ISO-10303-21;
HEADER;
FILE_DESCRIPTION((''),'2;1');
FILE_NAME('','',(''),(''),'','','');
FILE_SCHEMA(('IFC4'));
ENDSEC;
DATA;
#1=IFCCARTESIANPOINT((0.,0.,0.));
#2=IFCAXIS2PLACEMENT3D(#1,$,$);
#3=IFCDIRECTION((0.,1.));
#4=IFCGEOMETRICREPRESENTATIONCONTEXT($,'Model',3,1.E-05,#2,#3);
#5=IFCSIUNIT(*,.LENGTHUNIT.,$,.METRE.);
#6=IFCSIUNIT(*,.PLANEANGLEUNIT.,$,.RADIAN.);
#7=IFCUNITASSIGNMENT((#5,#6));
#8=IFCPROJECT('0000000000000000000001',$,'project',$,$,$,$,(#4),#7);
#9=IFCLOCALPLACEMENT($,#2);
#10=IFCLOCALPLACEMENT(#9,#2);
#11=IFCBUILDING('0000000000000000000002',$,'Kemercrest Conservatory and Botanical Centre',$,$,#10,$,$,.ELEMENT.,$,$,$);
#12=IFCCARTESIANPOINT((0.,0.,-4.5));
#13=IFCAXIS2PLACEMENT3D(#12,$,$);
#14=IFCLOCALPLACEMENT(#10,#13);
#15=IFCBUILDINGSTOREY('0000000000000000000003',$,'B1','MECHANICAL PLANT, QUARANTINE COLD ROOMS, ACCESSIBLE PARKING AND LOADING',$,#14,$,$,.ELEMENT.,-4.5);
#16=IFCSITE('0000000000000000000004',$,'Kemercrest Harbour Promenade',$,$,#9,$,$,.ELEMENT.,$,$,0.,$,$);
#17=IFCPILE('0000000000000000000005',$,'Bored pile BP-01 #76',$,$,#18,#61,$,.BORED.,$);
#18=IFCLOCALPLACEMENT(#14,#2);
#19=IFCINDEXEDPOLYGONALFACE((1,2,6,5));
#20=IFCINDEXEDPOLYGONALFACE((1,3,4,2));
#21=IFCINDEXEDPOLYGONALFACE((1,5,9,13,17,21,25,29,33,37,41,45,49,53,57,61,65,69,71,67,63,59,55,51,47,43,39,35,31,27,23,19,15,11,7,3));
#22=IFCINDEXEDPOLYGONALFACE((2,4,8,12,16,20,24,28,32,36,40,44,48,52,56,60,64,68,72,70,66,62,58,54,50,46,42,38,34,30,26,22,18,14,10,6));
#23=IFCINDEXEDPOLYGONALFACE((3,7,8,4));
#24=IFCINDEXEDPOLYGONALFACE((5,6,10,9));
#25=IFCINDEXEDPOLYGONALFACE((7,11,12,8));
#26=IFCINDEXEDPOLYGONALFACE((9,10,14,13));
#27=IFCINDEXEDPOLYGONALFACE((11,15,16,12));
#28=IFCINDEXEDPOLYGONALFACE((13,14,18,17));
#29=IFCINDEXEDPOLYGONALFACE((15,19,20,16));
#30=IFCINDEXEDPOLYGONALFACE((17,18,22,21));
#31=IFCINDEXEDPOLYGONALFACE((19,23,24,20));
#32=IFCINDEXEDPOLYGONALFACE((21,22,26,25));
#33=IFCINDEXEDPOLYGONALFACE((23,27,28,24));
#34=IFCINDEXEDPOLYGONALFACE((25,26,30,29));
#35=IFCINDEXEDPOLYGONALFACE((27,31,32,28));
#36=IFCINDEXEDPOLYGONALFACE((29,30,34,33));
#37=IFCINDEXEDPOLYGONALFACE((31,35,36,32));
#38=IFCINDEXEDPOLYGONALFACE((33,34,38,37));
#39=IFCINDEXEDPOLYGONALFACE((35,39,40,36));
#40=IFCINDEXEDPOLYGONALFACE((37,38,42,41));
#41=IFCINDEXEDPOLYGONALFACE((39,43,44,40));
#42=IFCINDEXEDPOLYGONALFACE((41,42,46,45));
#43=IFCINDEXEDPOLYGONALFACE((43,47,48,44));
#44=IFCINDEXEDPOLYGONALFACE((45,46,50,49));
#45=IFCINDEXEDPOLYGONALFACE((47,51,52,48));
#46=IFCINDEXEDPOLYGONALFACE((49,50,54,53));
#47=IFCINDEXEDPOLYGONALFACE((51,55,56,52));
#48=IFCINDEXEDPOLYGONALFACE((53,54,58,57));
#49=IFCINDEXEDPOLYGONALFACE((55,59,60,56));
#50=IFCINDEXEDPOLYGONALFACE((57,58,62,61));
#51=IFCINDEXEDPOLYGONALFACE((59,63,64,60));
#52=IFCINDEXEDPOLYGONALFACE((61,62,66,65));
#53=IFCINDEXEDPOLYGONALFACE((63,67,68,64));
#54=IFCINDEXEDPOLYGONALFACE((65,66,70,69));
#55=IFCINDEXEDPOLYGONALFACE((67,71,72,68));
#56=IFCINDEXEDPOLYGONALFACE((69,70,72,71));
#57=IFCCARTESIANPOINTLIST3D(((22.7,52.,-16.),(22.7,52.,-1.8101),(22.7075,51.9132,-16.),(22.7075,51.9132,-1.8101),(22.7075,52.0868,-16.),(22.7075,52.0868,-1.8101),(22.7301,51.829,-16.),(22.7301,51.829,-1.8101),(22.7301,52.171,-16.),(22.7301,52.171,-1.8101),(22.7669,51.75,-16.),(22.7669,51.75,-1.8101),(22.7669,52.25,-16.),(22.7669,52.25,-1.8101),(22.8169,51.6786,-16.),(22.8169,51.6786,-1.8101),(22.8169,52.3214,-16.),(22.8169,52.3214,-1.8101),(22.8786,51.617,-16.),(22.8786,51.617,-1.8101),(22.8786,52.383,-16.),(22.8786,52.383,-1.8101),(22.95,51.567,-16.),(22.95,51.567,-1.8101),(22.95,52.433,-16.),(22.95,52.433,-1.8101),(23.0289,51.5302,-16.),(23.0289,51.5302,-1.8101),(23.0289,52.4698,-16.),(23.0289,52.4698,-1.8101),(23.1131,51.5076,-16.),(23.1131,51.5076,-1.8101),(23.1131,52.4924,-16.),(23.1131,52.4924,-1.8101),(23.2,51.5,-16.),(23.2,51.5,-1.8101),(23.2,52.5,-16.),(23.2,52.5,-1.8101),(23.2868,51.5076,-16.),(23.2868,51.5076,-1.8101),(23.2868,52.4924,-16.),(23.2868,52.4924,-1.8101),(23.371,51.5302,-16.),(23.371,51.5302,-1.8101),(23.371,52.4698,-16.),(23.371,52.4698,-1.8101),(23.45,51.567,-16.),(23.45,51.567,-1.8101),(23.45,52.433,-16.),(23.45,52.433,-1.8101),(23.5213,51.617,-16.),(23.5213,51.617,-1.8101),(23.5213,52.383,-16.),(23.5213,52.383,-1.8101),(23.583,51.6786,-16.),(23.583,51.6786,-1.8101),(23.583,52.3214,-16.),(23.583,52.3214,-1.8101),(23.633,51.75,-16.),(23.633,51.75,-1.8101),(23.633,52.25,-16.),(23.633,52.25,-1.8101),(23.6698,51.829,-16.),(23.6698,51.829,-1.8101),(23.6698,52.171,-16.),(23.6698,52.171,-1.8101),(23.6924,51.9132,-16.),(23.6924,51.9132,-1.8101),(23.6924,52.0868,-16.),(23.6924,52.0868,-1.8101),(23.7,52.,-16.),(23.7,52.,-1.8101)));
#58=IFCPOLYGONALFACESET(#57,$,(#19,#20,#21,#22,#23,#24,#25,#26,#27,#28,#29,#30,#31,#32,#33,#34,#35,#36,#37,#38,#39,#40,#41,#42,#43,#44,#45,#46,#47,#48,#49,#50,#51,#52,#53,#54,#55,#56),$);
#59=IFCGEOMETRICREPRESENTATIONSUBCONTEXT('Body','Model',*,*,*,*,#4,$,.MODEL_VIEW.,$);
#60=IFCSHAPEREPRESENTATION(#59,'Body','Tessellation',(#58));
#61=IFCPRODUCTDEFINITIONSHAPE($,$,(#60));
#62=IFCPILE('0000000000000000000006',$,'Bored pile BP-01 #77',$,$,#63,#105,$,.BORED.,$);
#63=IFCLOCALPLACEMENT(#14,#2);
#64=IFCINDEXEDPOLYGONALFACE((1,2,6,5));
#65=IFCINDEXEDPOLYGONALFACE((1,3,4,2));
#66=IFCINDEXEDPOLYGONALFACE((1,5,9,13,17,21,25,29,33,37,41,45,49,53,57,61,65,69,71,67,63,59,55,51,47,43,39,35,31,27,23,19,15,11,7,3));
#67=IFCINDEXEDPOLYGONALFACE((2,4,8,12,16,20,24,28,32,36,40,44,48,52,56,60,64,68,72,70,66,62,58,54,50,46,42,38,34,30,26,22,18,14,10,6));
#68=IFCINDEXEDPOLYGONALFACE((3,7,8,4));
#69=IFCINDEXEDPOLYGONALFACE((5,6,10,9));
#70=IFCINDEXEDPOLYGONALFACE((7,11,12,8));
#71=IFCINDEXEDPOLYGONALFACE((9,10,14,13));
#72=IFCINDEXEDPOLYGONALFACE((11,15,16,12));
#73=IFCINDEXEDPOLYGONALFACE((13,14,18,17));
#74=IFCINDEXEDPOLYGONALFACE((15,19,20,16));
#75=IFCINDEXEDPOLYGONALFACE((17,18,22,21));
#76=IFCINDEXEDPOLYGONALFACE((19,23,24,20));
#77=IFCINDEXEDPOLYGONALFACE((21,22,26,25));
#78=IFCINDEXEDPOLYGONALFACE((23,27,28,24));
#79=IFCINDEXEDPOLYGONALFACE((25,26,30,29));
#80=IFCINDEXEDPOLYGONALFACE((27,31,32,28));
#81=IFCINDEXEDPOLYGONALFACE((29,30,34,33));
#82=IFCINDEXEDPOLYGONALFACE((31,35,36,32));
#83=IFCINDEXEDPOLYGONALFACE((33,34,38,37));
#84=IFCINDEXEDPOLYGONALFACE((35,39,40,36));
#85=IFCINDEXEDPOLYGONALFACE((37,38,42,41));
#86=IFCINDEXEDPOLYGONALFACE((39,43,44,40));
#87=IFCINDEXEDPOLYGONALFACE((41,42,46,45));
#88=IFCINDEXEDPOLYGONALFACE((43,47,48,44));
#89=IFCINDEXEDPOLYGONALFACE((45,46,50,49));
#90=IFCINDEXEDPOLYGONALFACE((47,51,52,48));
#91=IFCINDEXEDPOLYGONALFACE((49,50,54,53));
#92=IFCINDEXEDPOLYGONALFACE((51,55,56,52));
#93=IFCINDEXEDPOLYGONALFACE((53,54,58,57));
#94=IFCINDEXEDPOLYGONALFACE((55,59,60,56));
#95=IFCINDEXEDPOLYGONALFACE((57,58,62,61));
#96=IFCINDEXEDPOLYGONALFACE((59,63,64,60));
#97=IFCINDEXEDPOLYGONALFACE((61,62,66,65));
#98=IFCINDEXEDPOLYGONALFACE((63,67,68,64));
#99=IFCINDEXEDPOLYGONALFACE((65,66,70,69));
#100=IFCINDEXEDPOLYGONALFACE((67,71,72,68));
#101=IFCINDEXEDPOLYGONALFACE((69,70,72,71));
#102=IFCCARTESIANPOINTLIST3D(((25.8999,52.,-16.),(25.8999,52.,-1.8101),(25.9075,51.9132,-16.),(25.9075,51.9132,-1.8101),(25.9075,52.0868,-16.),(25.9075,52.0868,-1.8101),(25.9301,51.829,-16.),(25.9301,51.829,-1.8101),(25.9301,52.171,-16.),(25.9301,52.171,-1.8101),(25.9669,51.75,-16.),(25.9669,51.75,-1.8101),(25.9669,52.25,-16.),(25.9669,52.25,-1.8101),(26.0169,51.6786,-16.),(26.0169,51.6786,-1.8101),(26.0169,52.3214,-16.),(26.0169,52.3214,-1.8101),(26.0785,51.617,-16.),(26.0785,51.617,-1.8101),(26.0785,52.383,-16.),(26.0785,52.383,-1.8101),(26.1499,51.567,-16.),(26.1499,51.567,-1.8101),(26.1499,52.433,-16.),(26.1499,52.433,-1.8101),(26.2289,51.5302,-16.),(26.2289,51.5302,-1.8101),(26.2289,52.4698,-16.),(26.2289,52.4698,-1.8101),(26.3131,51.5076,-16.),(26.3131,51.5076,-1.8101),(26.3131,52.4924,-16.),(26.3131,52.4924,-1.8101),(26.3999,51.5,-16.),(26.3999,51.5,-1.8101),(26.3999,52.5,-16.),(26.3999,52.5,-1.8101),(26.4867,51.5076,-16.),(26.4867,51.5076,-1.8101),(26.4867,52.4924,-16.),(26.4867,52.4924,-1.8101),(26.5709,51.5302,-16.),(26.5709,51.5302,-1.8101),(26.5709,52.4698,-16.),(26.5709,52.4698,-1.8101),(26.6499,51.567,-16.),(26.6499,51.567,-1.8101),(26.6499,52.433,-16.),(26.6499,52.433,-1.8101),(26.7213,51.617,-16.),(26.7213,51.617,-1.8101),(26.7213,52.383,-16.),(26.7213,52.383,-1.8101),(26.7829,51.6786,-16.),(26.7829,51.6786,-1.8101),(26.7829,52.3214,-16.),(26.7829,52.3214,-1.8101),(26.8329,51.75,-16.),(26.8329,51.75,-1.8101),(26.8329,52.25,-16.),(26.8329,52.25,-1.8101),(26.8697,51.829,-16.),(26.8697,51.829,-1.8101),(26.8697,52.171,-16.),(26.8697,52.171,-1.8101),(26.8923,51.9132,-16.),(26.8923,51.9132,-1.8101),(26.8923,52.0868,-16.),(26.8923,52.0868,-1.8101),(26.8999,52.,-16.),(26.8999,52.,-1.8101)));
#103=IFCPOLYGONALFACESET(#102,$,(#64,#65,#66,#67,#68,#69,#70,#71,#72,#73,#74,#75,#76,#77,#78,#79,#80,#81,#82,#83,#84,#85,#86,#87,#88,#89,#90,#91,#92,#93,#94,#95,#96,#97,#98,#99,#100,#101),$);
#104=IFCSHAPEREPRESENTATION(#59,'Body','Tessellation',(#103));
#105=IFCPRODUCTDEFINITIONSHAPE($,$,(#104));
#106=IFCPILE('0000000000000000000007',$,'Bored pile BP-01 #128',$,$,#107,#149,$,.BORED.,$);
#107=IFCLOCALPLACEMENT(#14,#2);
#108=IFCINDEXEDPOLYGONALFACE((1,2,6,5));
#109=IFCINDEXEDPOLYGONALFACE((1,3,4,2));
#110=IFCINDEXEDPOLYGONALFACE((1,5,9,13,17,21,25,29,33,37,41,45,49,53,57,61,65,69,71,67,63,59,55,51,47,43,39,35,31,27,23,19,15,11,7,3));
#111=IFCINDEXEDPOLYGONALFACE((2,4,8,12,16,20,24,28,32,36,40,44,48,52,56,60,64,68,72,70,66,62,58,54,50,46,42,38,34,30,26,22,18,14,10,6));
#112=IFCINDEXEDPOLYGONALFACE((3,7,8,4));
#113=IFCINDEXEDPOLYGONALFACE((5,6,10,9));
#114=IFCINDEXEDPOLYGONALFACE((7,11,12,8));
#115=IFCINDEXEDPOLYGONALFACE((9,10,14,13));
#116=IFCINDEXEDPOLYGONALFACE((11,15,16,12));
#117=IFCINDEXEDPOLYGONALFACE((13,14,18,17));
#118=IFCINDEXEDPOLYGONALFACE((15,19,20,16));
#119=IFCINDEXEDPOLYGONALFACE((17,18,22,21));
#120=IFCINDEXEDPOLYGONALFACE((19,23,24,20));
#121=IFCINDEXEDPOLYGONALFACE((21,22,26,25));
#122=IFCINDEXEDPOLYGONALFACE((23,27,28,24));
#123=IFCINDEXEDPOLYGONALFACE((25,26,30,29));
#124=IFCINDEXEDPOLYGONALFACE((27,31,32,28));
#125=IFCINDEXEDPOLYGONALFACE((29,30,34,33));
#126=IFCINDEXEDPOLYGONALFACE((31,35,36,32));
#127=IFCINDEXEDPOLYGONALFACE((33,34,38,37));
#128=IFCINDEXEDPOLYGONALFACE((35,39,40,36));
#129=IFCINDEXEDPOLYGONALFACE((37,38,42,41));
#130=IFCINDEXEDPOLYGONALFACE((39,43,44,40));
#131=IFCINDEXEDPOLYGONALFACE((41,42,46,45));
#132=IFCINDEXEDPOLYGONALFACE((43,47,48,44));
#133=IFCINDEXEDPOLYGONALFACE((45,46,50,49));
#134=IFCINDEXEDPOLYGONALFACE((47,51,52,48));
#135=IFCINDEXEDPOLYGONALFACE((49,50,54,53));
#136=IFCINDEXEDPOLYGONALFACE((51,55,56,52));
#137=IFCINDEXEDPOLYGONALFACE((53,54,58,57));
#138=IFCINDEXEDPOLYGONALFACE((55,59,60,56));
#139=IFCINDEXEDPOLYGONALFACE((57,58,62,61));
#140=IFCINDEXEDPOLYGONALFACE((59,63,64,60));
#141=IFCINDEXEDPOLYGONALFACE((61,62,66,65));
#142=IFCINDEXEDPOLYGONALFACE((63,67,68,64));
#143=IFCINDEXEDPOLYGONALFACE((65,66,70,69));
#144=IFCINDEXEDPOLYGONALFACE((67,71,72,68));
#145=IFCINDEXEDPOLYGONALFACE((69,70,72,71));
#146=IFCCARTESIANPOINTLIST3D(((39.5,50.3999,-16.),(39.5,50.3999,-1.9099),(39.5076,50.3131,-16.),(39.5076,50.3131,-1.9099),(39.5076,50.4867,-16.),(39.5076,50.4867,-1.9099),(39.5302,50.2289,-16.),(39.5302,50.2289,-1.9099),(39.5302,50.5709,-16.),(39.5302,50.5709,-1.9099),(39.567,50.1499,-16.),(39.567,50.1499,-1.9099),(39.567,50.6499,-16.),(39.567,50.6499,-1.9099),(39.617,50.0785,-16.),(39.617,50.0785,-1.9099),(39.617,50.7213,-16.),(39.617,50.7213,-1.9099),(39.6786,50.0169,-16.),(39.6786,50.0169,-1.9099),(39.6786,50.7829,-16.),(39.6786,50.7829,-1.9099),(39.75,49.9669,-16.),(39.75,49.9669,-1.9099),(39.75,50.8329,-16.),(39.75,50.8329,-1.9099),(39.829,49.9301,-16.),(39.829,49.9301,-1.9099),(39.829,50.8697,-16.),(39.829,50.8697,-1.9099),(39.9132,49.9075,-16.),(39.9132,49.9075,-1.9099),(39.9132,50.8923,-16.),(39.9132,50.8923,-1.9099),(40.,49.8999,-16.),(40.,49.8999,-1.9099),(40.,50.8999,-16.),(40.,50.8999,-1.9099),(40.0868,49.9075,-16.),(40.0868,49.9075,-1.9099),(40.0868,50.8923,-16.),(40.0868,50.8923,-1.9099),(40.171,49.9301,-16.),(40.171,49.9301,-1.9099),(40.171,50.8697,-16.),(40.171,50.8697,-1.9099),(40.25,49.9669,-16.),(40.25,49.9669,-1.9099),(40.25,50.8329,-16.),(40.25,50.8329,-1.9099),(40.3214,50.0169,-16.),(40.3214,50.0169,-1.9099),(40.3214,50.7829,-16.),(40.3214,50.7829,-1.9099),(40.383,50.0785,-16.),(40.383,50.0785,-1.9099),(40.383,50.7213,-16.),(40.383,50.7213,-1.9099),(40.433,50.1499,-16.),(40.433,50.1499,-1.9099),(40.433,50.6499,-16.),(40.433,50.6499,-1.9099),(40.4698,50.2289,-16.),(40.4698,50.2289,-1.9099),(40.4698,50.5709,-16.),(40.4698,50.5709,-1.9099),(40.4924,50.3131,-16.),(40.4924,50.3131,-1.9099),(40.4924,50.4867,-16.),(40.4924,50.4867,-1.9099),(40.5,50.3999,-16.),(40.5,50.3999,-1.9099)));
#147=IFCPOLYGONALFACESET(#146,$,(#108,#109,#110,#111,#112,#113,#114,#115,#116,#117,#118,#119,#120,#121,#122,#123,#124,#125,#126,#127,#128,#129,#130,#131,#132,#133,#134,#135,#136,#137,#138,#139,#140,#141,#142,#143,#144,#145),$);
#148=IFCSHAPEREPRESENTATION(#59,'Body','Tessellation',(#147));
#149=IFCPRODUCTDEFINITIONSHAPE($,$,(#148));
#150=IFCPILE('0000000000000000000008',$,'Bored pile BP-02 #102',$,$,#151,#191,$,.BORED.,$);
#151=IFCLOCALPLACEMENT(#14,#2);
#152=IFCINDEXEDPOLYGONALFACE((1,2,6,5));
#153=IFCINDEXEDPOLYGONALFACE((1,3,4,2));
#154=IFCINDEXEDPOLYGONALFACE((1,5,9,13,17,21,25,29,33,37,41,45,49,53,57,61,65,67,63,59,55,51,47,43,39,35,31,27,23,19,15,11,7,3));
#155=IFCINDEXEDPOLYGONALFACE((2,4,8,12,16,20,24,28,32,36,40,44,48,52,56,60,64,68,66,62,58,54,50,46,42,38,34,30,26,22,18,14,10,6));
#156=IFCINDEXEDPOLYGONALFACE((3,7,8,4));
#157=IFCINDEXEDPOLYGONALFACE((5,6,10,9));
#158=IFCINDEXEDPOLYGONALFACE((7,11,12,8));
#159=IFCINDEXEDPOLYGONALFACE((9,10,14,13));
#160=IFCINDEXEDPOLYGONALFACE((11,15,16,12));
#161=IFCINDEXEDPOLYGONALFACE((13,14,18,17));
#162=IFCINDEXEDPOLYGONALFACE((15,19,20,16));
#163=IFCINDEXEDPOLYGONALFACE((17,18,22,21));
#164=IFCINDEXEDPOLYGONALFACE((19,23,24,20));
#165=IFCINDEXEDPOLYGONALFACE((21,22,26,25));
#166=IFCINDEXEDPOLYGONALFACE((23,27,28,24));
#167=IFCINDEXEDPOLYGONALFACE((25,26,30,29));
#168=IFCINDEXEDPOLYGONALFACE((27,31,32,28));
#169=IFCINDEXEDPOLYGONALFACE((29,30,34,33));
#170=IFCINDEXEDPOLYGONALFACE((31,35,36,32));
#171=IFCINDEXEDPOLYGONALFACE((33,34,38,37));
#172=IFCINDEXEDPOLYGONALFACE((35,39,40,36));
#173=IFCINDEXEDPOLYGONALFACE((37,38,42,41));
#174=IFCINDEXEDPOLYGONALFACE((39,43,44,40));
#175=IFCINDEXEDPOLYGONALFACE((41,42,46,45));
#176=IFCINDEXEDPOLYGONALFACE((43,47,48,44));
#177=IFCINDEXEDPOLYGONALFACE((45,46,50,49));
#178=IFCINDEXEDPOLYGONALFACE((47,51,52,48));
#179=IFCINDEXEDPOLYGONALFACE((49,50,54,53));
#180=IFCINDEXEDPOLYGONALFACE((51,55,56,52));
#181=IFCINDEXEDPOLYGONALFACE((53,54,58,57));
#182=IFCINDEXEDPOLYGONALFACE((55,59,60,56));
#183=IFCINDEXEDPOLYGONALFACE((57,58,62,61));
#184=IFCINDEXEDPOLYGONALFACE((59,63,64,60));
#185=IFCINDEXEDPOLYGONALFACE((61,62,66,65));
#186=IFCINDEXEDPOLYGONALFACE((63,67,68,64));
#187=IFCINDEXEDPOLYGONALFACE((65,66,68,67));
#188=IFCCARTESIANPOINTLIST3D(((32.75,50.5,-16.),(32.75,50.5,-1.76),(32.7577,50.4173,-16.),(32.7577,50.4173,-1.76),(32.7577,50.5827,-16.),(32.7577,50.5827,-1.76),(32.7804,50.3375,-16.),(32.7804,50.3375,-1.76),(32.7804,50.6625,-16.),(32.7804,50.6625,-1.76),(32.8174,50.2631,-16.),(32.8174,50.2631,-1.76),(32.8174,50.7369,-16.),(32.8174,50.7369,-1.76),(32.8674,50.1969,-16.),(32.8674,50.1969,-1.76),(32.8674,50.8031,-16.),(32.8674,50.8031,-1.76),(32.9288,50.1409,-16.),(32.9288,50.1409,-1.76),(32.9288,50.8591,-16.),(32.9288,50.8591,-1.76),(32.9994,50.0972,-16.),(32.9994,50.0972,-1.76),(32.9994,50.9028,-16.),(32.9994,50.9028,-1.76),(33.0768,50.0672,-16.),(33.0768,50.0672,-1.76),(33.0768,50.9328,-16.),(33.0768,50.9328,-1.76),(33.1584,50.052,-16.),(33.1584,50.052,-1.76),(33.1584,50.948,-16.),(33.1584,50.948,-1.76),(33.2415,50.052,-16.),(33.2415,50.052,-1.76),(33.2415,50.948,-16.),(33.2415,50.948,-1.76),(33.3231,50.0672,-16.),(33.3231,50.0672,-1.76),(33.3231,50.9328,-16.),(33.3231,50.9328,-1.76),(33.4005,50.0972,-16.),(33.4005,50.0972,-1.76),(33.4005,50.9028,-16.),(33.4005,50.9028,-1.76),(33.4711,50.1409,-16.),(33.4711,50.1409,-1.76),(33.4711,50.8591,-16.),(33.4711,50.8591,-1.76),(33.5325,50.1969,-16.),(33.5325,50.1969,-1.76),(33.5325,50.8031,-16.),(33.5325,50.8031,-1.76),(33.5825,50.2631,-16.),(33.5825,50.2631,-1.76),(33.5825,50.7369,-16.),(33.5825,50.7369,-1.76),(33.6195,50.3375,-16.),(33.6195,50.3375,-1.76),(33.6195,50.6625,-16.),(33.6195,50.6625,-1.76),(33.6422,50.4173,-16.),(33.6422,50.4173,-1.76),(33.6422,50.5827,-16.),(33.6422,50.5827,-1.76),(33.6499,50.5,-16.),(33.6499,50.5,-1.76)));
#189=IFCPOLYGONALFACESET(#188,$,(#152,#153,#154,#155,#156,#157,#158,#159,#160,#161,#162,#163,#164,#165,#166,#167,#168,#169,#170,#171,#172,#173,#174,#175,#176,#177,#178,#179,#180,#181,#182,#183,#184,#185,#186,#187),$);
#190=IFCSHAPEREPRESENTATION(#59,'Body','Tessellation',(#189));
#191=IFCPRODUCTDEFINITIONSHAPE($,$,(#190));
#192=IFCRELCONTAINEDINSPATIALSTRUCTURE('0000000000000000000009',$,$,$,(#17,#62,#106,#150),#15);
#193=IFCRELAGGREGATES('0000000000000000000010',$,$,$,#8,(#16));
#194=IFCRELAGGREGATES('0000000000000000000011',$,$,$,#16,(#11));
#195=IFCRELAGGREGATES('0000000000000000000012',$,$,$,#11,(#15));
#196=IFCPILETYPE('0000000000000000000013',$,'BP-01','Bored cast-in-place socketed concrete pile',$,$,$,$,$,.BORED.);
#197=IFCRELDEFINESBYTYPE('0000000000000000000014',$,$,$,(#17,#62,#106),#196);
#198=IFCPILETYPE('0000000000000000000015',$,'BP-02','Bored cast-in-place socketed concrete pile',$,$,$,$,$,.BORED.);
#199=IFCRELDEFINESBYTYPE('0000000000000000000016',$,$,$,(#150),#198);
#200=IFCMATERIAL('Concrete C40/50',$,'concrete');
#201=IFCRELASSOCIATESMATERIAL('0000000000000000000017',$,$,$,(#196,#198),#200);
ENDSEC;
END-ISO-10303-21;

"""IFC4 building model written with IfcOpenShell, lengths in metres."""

from ifc_helpers import new_model, si_unit, direction, frame, origin, origin_2d, place, context, subcontext, project, spatial, circle, extrude, material, material_profile, profile_set, type_object, element, save


model = new_model("IFC4")

# Units and contexts
model_context = context("Model", 3, precision=1e-05, world=origin(), true_north=direction((0.0, 1.0)))
body_context = subcontext(model_context, "Body", "Model", "MODEL_VIEW")
ifc_project = project(units=[si_unit("LENGTHUNIT", "METRE"), si_unit("PLANEANGLEUNIT", "RADIAN")], contexts=[model_context])

# Site, building, storey
site_placement = place(None, origin())
site = spatial("IfcSite", under=ifc_project, at=site_placement, Name="Kemercrest Harbour Promenade", CompositionType="ELEMENT", RefElevation=0.0)
building_placement = place(site_placement, origin())
building = spatial("IfcBuilding", under=site, at=building_placement, Name="Kemercrest Conservatory and Botanical Centre", CompositionType="ELEMENT")
storey_placement = place(building_placement, frame((0.0, 0.0, -4.5)))
storey = spatial("IfcBuildingStorey", under=building, at=storey_placement, Name="B1", Description="MECHANICAL PLANT, QUARANTINE COLD ROOMS, ACCESSIBLE PARKING AND LOADING", CompositionType="ELEMENT", Elevation=-4.5)

# Piles
ifc_material_1 = material(Name="Concrete C40/50", Category="concrete")
ifc_material_profile_1 = material_profile(ifc_material_1, circle(Radius=0.5, at=origin_2d()), Name="BORED PILE 1000")
ifc_profile_set_1 = profile_set([ifc_material_profile_1], Name="Concrete C40/50")
pile_type_1 = type_object("IfcPileType", Name="BP-01", Description="Bored cast-in-place socketed concrete pile", PredefinedType="BORED", material=ifc_profile_set_1)
for number, where, z_axis, x_axis, name in (
    (1, (23.2, 52.0, -1.8101), (0.0, 0.0, -1.0), (1.0, 0.0, 0.0), "Bored pile BP-01 #76"),
    (2, (26.3999, 52.0, -1.8101), (0.0, 0.0, -1.0), (1.0, 0.0, 0.0), "Bored pile BP-01 #77"),
):
    element("IfcPile", number, at=place(storey_placement, frame(where, z_axis=z_axis, x_axis=x_axis)), inside=storey, type_object=pile_type_1, Name=name, PredefinedType="BORED", context=body_context, shape_type="SweptSolid", body=[
        extrude(circle(Radius=0.5, at=origin_2d()), origin(), (0.0, 0.0, 1.0), 14.1899),
    ])
pile_placement = place(storey_placement, frame((40.0, 50.3999, -1.9099), z_axis=(0.0, 0.0, -1.0), x_axis=(1.0, 0.0, 0.0)))
element("IfcPile", 3, at=pile_placement, inside=storey, type_object=pile_type_1, Name="Bored pile BP-01 #128", PredefinedType="BORED", context=body_context, shape_type="SweptSolid", body=[
    extrude(circle(Radius=0.5, at=origin_2d()), origin(), (0.0, 0.0, 1.0), 14.0901),
])
ifc_material_profile_2 = material_profile(ifc_material_1, circle(Radius=0.45, at=origin_2d()), Name="BORED PILE 900")
ifc_profile_set_2 = profile_set([ifc_material_profile_2], Name="Concrete C40/50")
pile_type_2 = type_object("IfcPileType", Name="BP-02", Description="Bored cast-in-place socketed concrete pile", PredefinedType="BORED", material=ifc_profile_set_2)
for number, where, z_axis, x_axis, name in (
    (4, (33.2, 50.5, -1.76), (0.0, 0.0, -1.0), (1.0, 0.0, 0.0), "Bored pile BP-02 #102"),
):
    element("IfcPile", number, at=place(storey_placement, frame(where, z_axis=z_axis, x_axis=x_axis)), inside=storey, type_object=pile_type_2, Name=name, PredefinedType="BORED", context=body_context, shape_type="SweptSolid", body=[
        extrude(circle(Radius=0.45, at=origin_2d()), origin(), (0.0, 0.0, 1.0), 14.24),
    ])

save(model, "model.ifc")
